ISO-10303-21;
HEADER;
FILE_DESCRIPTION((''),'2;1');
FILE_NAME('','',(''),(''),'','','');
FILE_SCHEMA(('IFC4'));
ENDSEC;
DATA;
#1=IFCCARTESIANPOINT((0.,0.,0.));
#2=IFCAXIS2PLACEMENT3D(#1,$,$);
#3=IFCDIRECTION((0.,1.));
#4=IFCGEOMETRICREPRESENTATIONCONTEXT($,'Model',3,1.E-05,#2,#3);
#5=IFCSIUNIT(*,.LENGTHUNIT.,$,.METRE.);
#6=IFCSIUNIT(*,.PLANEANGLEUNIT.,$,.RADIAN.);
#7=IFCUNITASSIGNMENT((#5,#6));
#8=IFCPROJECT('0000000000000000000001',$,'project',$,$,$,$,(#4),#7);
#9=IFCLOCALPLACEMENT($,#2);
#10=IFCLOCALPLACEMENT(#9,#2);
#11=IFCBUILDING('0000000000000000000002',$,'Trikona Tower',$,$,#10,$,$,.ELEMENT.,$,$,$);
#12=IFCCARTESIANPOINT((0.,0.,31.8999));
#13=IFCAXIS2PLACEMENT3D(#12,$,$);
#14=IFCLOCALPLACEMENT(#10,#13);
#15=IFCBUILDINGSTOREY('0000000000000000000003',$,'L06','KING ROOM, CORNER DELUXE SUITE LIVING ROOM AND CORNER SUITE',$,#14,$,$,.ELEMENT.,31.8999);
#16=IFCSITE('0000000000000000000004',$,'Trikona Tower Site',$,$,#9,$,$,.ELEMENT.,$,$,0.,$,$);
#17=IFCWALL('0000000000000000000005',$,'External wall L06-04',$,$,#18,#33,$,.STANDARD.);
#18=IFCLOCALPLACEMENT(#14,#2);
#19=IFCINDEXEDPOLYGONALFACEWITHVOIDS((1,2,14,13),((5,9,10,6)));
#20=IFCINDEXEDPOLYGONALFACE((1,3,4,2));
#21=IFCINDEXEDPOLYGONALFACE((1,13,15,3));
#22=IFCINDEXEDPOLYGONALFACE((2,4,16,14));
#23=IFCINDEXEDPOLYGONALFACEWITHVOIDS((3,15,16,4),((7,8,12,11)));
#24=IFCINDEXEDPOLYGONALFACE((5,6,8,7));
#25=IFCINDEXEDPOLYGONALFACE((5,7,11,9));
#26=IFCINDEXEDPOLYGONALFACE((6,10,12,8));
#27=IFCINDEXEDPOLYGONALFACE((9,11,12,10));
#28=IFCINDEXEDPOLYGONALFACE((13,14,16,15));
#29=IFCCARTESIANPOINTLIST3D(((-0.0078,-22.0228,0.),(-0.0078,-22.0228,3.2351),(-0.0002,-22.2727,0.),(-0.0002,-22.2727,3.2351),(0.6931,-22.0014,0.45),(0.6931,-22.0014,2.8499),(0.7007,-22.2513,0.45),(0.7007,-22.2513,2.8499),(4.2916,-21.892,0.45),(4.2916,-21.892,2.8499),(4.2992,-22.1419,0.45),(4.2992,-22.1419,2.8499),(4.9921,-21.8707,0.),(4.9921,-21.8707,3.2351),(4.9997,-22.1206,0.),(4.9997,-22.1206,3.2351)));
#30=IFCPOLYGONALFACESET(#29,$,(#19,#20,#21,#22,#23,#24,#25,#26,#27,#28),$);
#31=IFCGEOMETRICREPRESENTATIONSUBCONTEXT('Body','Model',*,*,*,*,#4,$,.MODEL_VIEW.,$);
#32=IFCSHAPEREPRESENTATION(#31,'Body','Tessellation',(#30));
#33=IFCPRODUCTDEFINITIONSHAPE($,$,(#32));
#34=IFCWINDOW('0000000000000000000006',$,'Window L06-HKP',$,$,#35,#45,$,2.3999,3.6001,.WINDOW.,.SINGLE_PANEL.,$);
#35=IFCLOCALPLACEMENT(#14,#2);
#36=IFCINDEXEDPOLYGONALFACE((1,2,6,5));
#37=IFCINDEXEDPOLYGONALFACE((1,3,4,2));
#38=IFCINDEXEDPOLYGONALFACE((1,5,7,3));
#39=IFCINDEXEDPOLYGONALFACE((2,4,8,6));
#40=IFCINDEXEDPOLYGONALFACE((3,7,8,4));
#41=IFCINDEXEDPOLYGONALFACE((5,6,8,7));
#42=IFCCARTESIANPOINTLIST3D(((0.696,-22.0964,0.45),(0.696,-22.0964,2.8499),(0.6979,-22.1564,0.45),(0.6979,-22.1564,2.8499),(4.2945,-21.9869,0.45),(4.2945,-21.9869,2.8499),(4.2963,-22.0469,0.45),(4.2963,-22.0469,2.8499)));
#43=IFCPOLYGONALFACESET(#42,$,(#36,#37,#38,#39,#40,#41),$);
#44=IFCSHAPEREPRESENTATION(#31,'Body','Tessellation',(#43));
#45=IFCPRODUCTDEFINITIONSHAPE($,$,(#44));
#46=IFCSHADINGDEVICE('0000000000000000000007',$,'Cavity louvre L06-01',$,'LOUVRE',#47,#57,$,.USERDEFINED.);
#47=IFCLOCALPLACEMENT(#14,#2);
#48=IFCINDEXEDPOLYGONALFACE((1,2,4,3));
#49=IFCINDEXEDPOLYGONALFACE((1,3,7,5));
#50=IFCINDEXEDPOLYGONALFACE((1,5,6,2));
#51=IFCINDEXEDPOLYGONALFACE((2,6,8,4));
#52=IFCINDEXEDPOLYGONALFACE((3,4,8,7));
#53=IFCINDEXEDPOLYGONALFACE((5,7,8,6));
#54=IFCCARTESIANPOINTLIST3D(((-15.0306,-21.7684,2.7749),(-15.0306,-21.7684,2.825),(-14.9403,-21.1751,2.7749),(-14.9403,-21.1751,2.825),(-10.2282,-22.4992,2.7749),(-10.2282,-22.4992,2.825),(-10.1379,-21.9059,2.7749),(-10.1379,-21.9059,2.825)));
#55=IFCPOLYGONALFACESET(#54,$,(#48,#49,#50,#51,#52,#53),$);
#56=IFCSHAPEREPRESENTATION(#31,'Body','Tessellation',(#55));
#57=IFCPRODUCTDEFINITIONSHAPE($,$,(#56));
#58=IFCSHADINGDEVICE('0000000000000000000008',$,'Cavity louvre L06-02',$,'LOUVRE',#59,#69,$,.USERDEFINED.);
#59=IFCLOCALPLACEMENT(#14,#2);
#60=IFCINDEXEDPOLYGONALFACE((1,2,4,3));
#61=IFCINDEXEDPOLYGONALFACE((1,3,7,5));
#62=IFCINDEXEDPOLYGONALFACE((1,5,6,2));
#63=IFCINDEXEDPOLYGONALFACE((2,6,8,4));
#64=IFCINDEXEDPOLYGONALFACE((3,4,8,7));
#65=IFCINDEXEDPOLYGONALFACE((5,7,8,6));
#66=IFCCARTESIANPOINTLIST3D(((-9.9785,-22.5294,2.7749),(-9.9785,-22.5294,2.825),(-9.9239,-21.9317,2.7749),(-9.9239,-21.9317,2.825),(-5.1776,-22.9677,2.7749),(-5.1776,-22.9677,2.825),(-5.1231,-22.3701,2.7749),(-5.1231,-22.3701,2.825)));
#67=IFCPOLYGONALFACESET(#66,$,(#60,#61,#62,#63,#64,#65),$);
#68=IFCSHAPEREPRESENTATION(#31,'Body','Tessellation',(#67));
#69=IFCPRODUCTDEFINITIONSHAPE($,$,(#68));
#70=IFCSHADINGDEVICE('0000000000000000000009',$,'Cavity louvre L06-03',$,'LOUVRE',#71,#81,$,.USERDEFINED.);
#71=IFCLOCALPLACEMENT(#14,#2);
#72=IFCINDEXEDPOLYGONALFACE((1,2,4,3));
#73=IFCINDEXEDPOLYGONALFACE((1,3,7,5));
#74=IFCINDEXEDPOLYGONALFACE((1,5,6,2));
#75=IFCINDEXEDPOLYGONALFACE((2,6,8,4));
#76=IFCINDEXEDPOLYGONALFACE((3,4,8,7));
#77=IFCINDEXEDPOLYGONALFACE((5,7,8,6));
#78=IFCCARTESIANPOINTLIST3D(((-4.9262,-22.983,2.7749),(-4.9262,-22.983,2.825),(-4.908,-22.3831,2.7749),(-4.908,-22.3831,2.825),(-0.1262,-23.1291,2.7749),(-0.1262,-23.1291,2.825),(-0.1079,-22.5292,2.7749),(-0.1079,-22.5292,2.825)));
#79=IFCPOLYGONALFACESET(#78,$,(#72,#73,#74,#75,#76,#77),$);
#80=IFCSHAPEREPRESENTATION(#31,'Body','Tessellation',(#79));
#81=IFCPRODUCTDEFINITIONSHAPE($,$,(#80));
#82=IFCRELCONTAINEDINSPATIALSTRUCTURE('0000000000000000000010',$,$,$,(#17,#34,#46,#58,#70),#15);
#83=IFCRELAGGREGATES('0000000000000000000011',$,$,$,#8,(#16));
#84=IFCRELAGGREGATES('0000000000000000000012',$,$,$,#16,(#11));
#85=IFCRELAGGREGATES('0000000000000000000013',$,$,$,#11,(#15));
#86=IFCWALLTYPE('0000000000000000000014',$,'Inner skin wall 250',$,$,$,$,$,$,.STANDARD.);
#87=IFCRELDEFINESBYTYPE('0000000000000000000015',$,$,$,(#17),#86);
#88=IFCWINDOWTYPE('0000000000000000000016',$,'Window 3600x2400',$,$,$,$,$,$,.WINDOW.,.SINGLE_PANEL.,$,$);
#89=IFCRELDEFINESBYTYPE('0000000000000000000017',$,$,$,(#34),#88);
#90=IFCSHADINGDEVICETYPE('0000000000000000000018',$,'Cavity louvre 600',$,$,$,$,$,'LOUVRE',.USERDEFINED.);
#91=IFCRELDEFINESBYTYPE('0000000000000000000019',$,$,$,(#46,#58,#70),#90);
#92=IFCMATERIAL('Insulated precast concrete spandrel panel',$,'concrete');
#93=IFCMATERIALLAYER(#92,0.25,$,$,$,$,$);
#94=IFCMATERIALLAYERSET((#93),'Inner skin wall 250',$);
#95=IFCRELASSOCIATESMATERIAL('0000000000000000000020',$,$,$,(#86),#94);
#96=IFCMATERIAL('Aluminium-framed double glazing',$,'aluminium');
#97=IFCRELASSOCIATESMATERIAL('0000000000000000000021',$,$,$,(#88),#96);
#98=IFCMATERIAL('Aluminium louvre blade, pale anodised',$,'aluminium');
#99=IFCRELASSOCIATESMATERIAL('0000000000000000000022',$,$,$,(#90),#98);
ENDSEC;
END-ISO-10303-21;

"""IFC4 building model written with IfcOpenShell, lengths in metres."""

from ifc_helpers import new_model, si_unit, direction, frame, frame_2d, origin, origin_2d, place, context, subcontext, project, spatial, rectangle, extrude, material, layer, layer_set, type_object, element, fill, save


model = new_model("IFC4")

# Units and contexts
model_context = context("Model", 3, precision=1e-05, world=origin(), true_north=direction((0.0, 1.0)))
body_context = subcontext(model_context, "Body", "Model", "MODEL_VIEW")
ifc_project = project(units=[si_unit("LENGTHUNIT", "METRE"), si_unit("PLANEANGLEUNIT", "RADIAN")], contexts=[model_context])

# Site, building, storey
site_placement = place(None, origin())
site = spatial("IfcSite", under=ifc_project, at=site_placement, Name="Trikona Tower Site", CompositionType="ELEMENT", RefElevation=0.0)
building_placement = place(site_placement, origin())
building = spatial("IfcBuilding", under=site, at=building_placement, Name="Trikona Tower", CompositionType="ELEMENT")
storey_placement = place(building_placement, frame((0.0, 0.0, 31.8999)))
storey = spatial("IfcBuildingStorey", under=building, at=storey_placement, Name="L06", Description="KING ROOM, CORNER DELUXE SUITE LIVING ROOM AND CORNER SUITE", CompositionType="ELEMENT", Elevation=31.8999)

# Wall, opening, window
ifc_material_1 = material(Name="Insulated precast concrete spandrel panel", Category="concrete")
ifc_layer_1 = layer(ifc_material_1, 0.25)
ifc_layer_set_1 = layer_set([ifc_layer_1], Name="Inner skin wall 250")
wall_type = type_object("IfcWallType", Name="Inner skin wall 250", PredefinedType="STANDARD", material=ifc_layer_set_1)
ifc_material_2 = material(Name="Aluminium-framed double glazing", Category="aluminium")
window_type = type_object("IfcWindowType", Name="Window 3600x2400", PartitioningType="SINGLE_PANEL", PredefinedType="WINDOW", material=ifc_material_2)
wall_1_placement = place(storey_placement, frame((-0.0039, -22.1477, 0.0), z_axis=(0.0, 0.0, 1.0), x_axis=(0.999538, 0.030406, 0.0)))
wall_1 = element("IfcWall", 1, at=wall_1_placement, inside=storey, type_object=wall_type, Name="External wall L06-04", PredefinedType="STANDARD", context=body_context, shape_type="SweptSolid", body=[
    extrude(rectangle(XDim=5.0022, YDim=0.25, at=frame_2d((2.501, 0.0))), origin(), (0.0, 0.0, 1.0), 3.2351),
])
opening_1_placement = place(wall_1_placement, frame((0.7012, 0.0, 0.45)))
opening_1 = element("IfcOpeningElement", 2, at=opening_1_placement, cuts=wall_1, PredefinedType="OPENING", context=body_context, shape_type="SweptSolid", body=[
    extrude(rectangle(XDim=3.6001, YDim=2.3999, at=frame_2d((1.8, 1.2))), frame((0.0, 0.135, 0.0), z_axis=(0.0, -1.0, 0.0), x_axis=(1.0, 0.0, 0.0)), (0.0, 0.0, 1.0), 0.27),
])
window_1_placement = place(opening_1_placement, origin())
window_1 = element("IfcWindow", 3, at=window_1_placement, inside=storey, type_object=window_type, Name="Window L06-HKP", OverallHeight=2.3999, OverallWidth=3.6001, PartitioningType="SINGLE_PANEL", PredefinedType="WINDOW", context=body_context, shape_type="SweptSolid", body=[
    extrude(rectangle(XDim=3.6001, YDim=2.3999, at=frame_2d((1.8, 1.2))), frame((0.0, 0.03, 0.0), z_axis=(0.0, -1.0, 0.0), x_axis=(1.0, 0.0, 0.0)), (0.0, 0.0, 1.0), 0.0601),
])
fill(opening_1, window_1)

# Shading devices
ifc_material_3 = material(Name="Aluminium louvre blade, pale anodised", Category="aluminium")
shading_device_type = type_object("IfcShadingDeviceType", Name="Cavity louvre 600", ElementType="LOUVRE", PredefinedType="USERDEFINED", material=ifc_material_3)
shading_device_1_placement = place(storey_placement, frame((-12.5842, -21.8372, 2.7749), z_axis=(0.0, 0.0, 1.0), x_axis=(0.988618, -0.150448, 0.0)))
element("IfcShadingDevice", 4, at=shading_device_1_placement, inside=storey, type_object=shading_device_type, Name="Cavity louvre L06-01", ObjectType="LOUVRE", PredefinedType="USERDEFINED", context=body_context, shape_type="SweptSolid", body=[
    extrude(rectangle(XDim=4.8577, YDim=0.6001, at=origin_2d()), origin(), (0.0, 0.0, 1.0), 0.05),
])
shading_device_2_placement = place(storey_placement, frame((-7.5508, -22.4497, 2.7749), z_axis=(0.0, 0.0, 1.0), x_axis=(0.995858, -0.090921, 0.0)))
element("IfcShadingDevice", 5, at=shading_device_2_placement, inside=storey, type_object=shading_device_type, Name="Cavity louvre L06-02", ObjectType="LOUVRE", PredefinedType="USERDEFINED", context=body_context, shape_type="SweptSolid", body=[
    extrude(rectangle(XDim=4.8208, YDim=0.6001, at=origin_2d()), origin(), (0.0, 0.0, 1.0), 0.05),
])
shading_device_3_placement = place(storey_placement, frame((-2.5171, -22.7561, 2.7749), z_axis=(0.0, 0.0, 1.0), x_axis=(0.999537, -0.030425, 0.0)))
element("IfcShadingDevice", 6, at=shading_device_3_placement, inside=storey, type_object=shading_device_type, Name="Cavity louvre L06-03", ObjectType="LOUVRE", PredefinedType="USERDEFINED", context=body_context, shape_type="SweptSolid", body=[
    extrude(rectangle(XDim=4.8022, YDim=0.6001, at=origin_2d()), origin(), (0.0, 0.0, 1.0), 0.05),
])

save(model, "model.ifc")
